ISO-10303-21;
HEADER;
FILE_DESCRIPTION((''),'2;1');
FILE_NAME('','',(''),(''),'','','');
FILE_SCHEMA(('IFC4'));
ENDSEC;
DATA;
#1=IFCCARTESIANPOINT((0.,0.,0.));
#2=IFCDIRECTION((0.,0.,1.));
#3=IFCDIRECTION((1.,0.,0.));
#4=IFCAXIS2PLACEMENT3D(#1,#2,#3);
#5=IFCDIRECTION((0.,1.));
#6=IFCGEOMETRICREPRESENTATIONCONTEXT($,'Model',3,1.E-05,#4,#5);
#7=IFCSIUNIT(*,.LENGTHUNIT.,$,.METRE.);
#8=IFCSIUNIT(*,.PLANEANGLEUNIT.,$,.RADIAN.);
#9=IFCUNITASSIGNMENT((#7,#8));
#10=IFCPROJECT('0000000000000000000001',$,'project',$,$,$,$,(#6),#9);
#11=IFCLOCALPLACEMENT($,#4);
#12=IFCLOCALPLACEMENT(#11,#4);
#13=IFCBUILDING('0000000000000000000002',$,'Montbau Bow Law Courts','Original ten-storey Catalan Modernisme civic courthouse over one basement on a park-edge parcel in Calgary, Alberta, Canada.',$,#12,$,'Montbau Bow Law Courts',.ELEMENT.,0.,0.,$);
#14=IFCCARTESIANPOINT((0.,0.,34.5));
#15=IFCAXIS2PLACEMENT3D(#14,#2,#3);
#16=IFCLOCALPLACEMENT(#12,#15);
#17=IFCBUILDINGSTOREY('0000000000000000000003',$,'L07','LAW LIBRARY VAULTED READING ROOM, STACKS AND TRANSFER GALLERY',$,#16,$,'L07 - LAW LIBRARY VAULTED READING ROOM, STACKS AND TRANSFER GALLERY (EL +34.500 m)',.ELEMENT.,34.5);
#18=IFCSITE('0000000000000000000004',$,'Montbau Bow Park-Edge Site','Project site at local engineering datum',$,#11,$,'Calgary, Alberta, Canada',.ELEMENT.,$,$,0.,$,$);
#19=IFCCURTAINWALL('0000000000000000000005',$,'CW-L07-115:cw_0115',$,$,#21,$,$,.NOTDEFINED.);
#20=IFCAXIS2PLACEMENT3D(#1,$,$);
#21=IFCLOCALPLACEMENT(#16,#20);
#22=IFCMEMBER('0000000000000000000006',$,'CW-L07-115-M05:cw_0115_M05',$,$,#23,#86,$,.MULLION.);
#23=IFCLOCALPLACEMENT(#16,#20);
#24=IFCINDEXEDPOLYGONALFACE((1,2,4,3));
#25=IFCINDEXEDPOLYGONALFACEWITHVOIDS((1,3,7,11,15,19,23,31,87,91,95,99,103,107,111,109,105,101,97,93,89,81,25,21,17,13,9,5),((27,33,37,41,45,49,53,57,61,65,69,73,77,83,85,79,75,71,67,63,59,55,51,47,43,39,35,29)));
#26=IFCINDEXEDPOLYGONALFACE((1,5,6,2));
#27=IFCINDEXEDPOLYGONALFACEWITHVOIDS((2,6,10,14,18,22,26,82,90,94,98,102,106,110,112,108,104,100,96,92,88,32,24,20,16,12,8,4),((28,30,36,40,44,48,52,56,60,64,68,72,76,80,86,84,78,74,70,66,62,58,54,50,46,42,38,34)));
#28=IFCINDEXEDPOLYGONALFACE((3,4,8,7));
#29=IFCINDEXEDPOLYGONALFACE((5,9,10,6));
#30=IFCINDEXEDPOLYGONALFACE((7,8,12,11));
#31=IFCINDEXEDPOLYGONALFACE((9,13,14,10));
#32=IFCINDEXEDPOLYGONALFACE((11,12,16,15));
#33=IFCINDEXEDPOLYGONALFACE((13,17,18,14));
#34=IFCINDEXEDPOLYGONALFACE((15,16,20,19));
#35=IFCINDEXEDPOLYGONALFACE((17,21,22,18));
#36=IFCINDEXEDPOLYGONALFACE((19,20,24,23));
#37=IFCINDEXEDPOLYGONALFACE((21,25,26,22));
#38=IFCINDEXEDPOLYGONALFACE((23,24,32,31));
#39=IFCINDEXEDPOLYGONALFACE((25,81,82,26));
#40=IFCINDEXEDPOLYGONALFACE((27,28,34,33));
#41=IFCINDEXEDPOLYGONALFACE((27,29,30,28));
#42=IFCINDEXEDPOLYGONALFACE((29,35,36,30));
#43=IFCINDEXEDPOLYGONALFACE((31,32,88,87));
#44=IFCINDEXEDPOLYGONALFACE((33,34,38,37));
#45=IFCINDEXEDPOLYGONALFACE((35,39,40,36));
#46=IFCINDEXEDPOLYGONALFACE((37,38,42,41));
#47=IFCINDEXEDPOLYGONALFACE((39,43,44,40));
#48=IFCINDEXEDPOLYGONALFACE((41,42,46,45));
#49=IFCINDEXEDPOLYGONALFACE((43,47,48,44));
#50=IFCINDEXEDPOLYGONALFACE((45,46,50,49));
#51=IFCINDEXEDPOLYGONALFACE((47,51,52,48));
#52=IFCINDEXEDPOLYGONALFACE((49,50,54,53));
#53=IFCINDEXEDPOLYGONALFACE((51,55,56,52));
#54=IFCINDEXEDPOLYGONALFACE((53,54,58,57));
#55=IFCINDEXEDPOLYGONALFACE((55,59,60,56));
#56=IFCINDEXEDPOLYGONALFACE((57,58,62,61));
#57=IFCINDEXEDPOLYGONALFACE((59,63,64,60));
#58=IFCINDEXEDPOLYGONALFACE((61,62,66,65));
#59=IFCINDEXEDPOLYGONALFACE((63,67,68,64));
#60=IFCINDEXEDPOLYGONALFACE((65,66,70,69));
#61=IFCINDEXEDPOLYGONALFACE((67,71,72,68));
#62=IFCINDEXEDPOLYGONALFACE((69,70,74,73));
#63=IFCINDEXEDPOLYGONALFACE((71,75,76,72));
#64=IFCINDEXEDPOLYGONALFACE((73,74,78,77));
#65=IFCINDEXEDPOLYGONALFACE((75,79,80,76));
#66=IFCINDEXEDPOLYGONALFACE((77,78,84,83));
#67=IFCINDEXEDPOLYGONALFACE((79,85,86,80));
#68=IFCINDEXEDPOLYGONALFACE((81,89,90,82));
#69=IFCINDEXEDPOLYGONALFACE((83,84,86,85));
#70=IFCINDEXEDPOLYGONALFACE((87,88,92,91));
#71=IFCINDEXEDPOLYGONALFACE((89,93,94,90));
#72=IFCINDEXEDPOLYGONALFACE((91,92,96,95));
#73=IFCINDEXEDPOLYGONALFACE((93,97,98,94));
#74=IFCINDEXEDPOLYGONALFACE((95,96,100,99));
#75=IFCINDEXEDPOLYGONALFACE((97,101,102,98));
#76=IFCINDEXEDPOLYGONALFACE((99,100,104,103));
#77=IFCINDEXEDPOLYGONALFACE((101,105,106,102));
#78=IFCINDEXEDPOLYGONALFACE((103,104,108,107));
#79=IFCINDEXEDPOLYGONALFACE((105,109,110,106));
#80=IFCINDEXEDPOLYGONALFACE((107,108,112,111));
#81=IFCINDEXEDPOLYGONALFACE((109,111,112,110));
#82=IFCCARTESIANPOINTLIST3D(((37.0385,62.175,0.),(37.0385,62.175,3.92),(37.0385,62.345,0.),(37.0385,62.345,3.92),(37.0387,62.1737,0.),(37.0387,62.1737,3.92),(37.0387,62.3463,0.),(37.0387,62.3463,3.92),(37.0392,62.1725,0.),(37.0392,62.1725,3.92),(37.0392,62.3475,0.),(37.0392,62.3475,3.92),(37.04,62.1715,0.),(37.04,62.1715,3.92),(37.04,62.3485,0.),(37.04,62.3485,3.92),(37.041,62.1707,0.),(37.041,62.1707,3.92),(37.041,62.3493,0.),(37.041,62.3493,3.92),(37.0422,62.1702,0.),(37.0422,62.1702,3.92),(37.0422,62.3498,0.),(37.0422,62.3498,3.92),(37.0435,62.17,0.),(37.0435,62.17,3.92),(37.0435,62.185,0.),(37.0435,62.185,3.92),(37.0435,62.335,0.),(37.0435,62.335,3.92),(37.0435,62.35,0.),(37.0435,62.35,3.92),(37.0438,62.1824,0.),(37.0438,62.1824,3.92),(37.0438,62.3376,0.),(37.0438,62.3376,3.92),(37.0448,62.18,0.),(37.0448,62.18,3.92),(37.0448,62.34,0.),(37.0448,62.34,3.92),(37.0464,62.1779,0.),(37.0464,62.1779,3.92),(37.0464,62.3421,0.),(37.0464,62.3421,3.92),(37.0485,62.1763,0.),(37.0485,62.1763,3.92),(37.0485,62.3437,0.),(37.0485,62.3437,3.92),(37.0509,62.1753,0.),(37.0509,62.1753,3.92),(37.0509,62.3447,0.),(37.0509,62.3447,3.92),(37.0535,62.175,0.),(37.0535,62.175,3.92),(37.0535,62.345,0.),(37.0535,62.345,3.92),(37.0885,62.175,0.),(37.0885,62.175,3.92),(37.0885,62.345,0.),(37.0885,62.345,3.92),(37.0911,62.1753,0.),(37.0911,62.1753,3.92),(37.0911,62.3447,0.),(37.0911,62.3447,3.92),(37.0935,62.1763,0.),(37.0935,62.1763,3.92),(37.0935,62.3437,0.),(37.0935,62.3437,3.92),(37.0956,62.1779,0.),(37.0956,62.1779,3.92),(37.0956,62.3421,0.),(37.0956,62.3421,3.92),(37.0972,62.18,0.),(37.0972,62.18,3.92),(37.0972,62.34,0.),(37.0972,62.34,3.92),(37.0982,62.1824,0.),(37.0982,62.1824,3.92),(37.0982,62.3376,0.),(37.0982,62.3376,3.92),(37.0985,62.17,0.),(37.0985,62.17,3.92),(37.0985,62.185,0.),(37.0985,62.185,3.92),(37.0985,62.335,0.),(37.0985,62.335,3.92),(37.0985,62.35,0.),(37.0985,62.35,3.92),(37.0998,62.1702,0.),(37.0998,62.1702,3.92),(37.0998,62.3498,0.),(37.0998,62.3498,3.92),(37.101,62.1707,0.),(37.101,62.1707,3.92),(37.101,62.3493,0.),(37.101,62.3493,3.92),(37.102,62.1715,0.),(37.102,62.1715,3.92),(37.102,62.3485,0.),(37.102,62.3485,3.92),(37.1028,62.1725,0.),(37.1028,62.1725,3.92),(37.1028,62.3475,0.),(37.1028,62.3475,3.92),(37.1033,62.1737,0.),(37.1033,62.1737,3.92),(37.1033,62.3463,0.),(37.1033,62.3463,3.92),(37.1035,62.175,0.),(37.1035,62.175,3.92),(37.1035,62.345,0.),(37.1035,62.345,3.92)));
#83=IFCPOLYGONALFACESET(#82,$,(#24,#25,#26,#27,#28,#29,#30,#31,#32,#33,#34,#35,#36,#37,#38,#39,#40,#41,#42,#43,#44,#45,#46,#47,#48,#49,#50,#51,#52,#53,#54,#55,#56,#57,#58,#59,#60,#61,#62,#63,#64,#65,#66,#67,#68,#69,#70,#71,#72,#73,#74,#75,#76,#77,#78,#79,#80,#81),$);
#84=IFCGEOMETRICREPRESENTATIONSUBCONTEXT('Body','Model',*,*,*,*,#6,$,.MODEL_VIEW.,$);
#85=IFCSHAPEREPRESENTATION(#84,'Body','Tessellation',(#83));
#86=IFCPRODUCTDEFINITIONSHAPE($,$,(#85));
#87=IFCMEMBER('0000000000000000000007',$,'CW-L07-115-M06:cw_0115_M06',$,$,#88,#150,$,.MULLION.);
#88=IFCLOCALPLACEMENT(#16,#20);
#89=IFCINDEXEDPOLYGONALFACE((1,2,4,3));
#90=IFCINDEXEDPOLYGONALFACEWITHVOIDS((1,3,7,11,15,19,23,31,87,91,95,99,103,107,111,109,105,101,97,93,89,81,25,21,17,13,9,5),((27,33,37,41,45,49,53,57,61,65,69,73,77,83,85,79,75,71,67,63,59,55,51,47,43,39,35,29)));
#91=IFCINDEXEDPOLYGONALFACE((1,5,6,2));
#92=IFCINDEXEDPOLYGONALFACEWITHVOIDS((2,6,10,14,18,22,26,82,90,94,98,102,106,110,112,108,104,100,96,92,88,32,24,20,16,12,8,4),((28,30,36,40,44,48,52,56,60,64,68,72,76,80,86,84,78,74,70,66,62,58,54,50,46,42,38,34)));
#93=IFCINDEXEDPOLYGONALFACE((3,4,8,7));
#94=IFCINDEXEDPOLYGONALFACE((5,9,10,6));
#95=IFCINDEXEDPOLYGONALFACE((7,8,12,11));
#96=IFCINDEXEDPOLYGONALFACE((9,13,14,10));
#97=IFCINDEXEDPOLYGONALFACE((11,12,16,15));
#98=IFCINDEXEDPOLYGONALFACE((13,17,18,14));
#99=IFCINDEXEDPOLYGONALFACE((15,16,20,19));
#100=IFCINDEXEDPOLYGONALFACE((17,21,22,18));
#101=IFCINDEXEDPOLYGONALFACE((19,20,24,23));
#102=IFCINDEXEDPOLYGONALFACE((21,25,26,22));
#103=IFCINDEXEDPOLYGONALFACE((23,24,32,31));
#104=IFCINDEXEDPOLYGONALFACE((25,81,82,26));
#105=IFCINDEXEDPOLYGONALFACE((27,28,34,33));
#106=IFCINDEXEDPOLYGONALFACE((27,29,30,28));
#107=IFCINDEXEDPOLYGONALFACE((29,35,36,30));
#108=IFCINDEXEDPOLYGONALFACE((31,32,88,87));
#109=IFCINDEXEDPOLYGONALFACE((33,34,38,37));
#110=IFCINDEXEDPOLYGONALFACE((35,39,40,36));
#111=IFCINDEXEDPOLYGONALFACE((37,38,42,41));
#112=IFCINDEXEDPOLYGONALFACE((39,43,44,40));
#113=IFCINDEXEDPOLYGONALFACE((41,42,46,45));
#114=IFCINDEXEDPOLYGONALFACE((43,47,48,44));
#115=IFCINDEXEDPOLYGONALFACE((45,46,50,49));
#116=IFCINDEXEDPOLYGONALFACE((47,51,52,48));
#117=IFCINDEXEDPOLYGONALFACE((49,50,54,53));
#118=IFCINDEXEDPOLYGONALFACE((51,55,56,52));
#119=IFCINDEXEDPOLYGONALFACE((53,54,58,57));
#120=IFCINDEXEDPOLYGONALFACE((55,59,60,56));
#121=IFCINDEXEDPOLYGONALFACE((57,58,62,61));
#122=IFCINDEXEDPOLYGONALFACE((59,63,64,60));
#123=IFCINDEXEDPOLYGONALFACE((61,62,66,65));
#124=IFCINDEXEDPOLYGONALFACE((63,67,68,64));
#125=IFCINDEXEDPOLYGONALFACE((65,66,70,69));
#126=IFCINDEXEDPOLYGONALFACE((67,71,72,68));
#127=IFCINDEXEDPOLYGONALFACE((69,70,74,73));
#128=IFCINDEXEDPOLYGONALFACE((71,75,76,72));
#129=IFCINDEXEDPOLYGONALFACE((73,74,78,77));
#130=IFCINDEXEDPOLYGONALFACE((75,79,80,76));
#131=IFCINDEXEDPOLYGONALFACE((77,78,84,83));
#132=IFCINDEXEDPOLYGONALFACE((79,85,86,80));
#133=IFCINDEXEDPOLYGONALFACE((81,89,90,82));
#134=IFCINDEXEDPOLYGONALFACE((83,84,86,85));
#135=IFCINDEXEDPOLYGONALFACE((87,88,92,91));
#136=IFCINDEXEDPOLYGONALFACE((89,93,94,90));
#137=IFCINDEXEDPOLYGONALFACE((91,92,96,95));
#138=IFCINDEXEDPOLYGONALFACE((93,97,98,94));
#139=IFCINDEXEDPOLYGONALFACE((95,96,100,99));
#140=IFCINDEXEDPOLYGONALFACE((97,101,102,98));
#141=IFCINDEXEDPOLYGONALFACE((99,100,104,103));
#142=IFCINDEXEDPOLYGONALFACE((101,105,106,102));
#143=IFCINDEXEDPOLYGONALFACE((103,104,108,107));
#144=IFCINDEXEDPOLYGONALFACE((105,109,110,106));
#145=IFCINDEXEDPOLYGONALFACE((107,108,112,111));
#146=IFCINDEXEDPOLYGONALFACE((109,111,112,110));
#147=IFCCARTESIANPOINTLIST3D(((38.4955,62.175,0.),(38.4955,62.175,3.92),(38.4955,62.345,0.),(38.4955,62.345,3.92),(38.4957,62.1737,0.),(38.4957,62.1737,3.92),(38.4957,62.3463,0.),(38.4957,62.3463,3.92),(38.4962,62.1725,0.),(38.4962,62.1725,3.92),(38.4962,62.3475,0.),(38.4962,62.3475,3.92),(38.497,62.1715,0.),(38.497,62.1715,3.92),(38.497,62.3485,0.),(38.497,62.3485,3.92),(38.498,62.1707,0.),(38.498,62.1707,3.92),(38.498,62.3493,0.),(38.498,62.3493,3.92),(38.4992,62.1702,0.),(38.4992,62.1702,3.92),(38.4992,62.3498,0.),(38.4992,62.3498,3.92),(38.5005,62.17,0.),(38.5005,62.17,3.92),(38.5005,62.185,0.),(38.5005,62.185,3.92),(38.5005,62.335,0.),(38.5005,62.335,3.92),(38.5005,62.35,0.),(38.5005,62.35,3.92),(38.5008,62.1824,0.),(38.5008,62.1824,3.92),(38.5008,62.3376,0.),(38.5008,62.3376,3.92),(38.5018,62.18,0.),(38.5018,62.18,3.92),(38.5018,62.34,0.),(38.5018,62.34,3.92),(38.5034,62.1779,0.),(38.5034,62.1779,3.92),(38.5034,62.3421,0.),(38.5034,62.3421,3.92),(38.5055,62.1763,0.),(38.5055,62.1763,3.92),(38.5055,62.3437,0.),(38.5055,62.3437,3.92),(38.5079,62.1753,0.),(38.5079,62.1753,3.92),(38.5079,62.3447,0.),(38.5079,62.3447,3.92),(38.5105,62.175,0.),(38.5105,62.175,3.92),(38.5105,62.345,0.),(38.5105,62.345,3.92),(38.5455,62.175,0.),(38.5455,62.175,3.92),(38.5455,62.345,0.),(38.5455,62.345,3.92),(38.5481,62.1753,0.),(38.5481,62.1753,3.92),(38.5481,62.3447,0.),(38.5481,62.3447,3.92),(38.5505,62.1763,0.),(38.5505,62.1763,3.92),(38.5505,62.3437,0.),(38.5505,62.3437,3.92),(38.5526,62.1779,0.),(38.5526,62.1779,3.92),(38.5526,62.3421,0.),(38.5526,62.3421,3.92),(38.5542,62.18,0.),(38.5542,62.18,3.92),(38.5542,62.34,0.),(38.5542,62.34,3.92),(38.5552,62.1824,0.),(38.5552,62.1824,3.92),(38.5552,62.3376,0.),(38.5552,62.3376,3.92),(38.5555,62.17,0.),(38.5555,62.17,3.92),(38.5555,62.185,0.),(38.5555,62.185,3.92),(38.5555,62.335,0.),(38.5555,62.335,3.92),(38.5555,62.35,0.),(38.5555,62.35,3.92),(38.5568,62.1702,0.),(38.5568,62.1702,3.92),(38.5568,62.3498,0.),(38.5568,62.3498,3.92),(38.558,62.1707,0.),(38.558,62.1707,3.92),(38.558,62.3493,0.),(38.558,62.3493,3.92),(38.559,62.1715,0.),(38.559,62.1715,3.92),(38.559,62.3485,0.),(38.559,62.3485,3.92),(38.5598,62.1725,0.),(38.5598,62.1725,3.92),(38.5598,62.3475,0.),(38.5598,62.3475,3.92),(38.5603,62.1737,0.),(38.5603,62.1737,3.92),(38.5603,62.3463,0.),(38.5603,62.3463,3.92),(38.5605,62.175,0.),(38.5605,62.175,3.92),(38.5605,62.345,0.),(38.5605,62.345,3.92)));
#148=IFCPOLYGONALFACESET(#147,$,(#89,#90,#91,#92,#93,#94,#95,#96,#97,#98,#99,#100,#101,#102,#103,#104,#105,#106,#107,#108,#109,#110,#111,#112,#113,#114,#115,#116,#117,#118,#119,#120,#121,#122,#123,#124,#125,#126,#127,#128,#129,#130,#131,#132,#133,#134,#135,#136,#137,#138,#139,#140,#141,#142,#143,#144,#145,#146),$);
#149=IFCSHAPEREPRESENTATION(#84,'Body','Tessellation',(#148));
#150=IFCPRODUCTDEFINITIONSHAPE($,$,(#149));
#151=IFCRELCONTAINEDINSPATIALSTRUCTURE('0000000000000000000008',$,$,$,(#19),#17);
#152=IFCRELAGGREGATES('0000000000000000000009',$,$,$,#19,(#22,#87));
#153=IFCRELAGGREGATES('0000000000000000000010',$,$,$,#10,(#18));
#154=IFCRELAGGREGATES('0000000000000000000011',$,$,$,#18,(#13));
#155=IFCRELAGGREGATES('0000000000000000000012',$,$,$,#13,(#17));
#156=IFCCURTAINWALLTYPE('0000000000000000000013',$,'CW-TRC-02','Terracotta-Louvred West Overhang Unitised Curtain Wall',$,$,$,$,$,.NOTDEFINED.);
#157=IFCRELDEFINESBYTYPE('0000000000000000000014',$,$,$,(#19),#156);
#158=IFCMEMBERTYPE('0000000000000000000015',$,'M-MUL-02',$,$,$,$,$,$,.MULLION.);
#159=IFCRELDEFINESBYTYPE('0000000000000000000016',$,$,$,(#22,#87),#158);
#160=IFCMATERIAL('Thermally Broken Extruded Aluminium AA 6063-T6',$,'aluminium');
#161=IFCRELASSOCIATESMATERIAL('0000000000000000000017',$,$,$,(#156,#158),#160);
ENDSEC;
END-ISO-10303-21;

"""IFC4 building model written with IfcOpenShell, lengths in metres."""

from ifc_helpers import new_model, si_unit, direction, frame, origin_with_axes, origin_2d_with_axis, place, context, subcontext, project, spatial, hollow_rectangle, extrude, material, material_profile, profile_set, type_object, element, aggregate, save


model = new_model("IFC4")

# Units and contexts
model_context = context("Model", 3, precision=1e-05, world=origin_with_axes(), true_north=direction((0.0, 1.0)))
body_context = subcontext(model_context, "Body", "Model", "MODEL_VIEW")
ifc_project = project(units=[si_unit("LENGTHUNIT", "METRE"), si_unit("PLANEANGLEUNIT", "RADIAN")], contexts=[model_context])

# Site, building, storey
site_placement = place(None, origin_with_axes())
site = spatial("IfcSite", under=ifc_project, at=site_placement, Name="Montbau Bow Park-Edge Site", Description="Project site at local engineering datum", LongName="Calgary, Alberta, Canada", CompositionType="ELEMENT", RefElevation=0.0)
building_placement = place(site_placement, origin_with_axes())
building = spatial("IfcBuilding", under=site, at=building_placement, Name="Montbau Bow Law Courts", Description="Original ten-storey Catalan Modernisme civic courthouse over one basement on a park-edge parcel in Calgary, Alberta, Canada.", LongName="Montbau Bow Law Courts", CompositionType="ELEMENT", ElevationOfRefHeight=0.0, ElevationOfTerrain=0.0)
storey_placement = place(building_placement, frame((0.0, 0.0, 34.5), z_axis=(0.0, 0.0, 1.0), x_axis=(1.0, 0.0, 0.0)))
storey = spatial("IfcBuildingStorey", under=building, at=storey_placement, Name="L07", Description="LAW LIBRARY VAULTED READING ROOM, STACKS AND TRANSFER GALLERY", LongName="L07 - LAW LIBRARY VAULTED READING ROOM, STACKS AND TRANSFER GALLERY (EL +34.500 m)", CompositionType="ELEMENT", Elevation=34.5)

# Curtain wall, members
ifc_material_1 = material(Name="Thermally Broken Extruded Aluminium AA 6063-T6", Category="aluminium")
curtain_wall_type = type_object("IfcCurtainWallType", Name="CW-TRC-02", Description="Terracotta-Louvred West Overhang Unitised Curtain Wall", PredefinedType="NOTDEFINED", material=ifc_material_1)
curtain_wall_1_placement = place(None, frame((31.115, 62.26, 34.5), z_axis=(0.0, 0.0, 1.0), x_axis=(1.0, 0.0, 0.0)))
curtain_wall_1 = element("IfcCurtainWall", 1, at=curtain_wall_1_placement, inside=storey, type_object=curtain_wall_type, Name="CW-L07-115:cw_0115", PredefinedType="NOTDEFINED")
ifc_material_profile_1 = material_profile(ifc_material_1, hollow_rectangle(XDim=0.065, YDim=0.18, WallThickness=0.005, InnerFilletRadius=0.01, OuterFilletRadius=0.005, at=origin_2d_with_axis()), Name="CWM-180X65", Category="Main", Priority=0)
ifc_profile_set_1 = profile_set([ifc_material_profile_1], Name="Thermally Broken Extruded Aluminium AA 6063-T6")
member_type_1 = type_object("IfcMemberType", Name="M-MUL-02", PredefinedType="MULLION", material=ifc_profile_set_1)
member_1_placement = place(None, frame((37.071, 62.26, 34.5), z_axis=(0.0, 0.0, 1.0), x_axis=(1.0, 0.0, 0.0)))
member_1 = element("IfcMember", 2, at=member_1_placement, type_object=member_type_1, Name="CW-L07-115-M05:cw_0115_M05", PredefinedType="MULLION", context=body_context, shape_type="SweptSolid", body=[
    extrude(hollow_rectangle(XDim=0.065, YDim=0.18, WallThickness=0.005, InnerFilletRadius=0.01, OuterFilletRadius=0.005, at=origin_2d_with_axis()), origin_with_axes(), (0.0, 0.0, 1.0), 3.92),
])
member_2_placement = place(None, frame((38.528, 62.26, 34.5), z_axis=(0.0, 0.0, 1.0), x_axis=(1.0, 0.0, 0.0)))
member_2 = element("IfcMember", 3, at=member_2_placement, type_object=member_type_1, Name="CW-L07-115-M06:cw_0115_M06", PredefinedType="MULLION", context=body_context, shape_type="SweptSolid", body=[
    extrude(hollow_rectangle(XDim=0.065, YDim=0.18, WallThickness=0.005, InnerFilletRadius=0.01, OuterFilletRadius=0.005, at=origin_2d_with_axis()), origin_with_axes(), (0.0, 0.0, 1.0), 3.92),
])

aggregate(curtain_wall_1, [member_1, member_2])

save(model, "model.ifc")
